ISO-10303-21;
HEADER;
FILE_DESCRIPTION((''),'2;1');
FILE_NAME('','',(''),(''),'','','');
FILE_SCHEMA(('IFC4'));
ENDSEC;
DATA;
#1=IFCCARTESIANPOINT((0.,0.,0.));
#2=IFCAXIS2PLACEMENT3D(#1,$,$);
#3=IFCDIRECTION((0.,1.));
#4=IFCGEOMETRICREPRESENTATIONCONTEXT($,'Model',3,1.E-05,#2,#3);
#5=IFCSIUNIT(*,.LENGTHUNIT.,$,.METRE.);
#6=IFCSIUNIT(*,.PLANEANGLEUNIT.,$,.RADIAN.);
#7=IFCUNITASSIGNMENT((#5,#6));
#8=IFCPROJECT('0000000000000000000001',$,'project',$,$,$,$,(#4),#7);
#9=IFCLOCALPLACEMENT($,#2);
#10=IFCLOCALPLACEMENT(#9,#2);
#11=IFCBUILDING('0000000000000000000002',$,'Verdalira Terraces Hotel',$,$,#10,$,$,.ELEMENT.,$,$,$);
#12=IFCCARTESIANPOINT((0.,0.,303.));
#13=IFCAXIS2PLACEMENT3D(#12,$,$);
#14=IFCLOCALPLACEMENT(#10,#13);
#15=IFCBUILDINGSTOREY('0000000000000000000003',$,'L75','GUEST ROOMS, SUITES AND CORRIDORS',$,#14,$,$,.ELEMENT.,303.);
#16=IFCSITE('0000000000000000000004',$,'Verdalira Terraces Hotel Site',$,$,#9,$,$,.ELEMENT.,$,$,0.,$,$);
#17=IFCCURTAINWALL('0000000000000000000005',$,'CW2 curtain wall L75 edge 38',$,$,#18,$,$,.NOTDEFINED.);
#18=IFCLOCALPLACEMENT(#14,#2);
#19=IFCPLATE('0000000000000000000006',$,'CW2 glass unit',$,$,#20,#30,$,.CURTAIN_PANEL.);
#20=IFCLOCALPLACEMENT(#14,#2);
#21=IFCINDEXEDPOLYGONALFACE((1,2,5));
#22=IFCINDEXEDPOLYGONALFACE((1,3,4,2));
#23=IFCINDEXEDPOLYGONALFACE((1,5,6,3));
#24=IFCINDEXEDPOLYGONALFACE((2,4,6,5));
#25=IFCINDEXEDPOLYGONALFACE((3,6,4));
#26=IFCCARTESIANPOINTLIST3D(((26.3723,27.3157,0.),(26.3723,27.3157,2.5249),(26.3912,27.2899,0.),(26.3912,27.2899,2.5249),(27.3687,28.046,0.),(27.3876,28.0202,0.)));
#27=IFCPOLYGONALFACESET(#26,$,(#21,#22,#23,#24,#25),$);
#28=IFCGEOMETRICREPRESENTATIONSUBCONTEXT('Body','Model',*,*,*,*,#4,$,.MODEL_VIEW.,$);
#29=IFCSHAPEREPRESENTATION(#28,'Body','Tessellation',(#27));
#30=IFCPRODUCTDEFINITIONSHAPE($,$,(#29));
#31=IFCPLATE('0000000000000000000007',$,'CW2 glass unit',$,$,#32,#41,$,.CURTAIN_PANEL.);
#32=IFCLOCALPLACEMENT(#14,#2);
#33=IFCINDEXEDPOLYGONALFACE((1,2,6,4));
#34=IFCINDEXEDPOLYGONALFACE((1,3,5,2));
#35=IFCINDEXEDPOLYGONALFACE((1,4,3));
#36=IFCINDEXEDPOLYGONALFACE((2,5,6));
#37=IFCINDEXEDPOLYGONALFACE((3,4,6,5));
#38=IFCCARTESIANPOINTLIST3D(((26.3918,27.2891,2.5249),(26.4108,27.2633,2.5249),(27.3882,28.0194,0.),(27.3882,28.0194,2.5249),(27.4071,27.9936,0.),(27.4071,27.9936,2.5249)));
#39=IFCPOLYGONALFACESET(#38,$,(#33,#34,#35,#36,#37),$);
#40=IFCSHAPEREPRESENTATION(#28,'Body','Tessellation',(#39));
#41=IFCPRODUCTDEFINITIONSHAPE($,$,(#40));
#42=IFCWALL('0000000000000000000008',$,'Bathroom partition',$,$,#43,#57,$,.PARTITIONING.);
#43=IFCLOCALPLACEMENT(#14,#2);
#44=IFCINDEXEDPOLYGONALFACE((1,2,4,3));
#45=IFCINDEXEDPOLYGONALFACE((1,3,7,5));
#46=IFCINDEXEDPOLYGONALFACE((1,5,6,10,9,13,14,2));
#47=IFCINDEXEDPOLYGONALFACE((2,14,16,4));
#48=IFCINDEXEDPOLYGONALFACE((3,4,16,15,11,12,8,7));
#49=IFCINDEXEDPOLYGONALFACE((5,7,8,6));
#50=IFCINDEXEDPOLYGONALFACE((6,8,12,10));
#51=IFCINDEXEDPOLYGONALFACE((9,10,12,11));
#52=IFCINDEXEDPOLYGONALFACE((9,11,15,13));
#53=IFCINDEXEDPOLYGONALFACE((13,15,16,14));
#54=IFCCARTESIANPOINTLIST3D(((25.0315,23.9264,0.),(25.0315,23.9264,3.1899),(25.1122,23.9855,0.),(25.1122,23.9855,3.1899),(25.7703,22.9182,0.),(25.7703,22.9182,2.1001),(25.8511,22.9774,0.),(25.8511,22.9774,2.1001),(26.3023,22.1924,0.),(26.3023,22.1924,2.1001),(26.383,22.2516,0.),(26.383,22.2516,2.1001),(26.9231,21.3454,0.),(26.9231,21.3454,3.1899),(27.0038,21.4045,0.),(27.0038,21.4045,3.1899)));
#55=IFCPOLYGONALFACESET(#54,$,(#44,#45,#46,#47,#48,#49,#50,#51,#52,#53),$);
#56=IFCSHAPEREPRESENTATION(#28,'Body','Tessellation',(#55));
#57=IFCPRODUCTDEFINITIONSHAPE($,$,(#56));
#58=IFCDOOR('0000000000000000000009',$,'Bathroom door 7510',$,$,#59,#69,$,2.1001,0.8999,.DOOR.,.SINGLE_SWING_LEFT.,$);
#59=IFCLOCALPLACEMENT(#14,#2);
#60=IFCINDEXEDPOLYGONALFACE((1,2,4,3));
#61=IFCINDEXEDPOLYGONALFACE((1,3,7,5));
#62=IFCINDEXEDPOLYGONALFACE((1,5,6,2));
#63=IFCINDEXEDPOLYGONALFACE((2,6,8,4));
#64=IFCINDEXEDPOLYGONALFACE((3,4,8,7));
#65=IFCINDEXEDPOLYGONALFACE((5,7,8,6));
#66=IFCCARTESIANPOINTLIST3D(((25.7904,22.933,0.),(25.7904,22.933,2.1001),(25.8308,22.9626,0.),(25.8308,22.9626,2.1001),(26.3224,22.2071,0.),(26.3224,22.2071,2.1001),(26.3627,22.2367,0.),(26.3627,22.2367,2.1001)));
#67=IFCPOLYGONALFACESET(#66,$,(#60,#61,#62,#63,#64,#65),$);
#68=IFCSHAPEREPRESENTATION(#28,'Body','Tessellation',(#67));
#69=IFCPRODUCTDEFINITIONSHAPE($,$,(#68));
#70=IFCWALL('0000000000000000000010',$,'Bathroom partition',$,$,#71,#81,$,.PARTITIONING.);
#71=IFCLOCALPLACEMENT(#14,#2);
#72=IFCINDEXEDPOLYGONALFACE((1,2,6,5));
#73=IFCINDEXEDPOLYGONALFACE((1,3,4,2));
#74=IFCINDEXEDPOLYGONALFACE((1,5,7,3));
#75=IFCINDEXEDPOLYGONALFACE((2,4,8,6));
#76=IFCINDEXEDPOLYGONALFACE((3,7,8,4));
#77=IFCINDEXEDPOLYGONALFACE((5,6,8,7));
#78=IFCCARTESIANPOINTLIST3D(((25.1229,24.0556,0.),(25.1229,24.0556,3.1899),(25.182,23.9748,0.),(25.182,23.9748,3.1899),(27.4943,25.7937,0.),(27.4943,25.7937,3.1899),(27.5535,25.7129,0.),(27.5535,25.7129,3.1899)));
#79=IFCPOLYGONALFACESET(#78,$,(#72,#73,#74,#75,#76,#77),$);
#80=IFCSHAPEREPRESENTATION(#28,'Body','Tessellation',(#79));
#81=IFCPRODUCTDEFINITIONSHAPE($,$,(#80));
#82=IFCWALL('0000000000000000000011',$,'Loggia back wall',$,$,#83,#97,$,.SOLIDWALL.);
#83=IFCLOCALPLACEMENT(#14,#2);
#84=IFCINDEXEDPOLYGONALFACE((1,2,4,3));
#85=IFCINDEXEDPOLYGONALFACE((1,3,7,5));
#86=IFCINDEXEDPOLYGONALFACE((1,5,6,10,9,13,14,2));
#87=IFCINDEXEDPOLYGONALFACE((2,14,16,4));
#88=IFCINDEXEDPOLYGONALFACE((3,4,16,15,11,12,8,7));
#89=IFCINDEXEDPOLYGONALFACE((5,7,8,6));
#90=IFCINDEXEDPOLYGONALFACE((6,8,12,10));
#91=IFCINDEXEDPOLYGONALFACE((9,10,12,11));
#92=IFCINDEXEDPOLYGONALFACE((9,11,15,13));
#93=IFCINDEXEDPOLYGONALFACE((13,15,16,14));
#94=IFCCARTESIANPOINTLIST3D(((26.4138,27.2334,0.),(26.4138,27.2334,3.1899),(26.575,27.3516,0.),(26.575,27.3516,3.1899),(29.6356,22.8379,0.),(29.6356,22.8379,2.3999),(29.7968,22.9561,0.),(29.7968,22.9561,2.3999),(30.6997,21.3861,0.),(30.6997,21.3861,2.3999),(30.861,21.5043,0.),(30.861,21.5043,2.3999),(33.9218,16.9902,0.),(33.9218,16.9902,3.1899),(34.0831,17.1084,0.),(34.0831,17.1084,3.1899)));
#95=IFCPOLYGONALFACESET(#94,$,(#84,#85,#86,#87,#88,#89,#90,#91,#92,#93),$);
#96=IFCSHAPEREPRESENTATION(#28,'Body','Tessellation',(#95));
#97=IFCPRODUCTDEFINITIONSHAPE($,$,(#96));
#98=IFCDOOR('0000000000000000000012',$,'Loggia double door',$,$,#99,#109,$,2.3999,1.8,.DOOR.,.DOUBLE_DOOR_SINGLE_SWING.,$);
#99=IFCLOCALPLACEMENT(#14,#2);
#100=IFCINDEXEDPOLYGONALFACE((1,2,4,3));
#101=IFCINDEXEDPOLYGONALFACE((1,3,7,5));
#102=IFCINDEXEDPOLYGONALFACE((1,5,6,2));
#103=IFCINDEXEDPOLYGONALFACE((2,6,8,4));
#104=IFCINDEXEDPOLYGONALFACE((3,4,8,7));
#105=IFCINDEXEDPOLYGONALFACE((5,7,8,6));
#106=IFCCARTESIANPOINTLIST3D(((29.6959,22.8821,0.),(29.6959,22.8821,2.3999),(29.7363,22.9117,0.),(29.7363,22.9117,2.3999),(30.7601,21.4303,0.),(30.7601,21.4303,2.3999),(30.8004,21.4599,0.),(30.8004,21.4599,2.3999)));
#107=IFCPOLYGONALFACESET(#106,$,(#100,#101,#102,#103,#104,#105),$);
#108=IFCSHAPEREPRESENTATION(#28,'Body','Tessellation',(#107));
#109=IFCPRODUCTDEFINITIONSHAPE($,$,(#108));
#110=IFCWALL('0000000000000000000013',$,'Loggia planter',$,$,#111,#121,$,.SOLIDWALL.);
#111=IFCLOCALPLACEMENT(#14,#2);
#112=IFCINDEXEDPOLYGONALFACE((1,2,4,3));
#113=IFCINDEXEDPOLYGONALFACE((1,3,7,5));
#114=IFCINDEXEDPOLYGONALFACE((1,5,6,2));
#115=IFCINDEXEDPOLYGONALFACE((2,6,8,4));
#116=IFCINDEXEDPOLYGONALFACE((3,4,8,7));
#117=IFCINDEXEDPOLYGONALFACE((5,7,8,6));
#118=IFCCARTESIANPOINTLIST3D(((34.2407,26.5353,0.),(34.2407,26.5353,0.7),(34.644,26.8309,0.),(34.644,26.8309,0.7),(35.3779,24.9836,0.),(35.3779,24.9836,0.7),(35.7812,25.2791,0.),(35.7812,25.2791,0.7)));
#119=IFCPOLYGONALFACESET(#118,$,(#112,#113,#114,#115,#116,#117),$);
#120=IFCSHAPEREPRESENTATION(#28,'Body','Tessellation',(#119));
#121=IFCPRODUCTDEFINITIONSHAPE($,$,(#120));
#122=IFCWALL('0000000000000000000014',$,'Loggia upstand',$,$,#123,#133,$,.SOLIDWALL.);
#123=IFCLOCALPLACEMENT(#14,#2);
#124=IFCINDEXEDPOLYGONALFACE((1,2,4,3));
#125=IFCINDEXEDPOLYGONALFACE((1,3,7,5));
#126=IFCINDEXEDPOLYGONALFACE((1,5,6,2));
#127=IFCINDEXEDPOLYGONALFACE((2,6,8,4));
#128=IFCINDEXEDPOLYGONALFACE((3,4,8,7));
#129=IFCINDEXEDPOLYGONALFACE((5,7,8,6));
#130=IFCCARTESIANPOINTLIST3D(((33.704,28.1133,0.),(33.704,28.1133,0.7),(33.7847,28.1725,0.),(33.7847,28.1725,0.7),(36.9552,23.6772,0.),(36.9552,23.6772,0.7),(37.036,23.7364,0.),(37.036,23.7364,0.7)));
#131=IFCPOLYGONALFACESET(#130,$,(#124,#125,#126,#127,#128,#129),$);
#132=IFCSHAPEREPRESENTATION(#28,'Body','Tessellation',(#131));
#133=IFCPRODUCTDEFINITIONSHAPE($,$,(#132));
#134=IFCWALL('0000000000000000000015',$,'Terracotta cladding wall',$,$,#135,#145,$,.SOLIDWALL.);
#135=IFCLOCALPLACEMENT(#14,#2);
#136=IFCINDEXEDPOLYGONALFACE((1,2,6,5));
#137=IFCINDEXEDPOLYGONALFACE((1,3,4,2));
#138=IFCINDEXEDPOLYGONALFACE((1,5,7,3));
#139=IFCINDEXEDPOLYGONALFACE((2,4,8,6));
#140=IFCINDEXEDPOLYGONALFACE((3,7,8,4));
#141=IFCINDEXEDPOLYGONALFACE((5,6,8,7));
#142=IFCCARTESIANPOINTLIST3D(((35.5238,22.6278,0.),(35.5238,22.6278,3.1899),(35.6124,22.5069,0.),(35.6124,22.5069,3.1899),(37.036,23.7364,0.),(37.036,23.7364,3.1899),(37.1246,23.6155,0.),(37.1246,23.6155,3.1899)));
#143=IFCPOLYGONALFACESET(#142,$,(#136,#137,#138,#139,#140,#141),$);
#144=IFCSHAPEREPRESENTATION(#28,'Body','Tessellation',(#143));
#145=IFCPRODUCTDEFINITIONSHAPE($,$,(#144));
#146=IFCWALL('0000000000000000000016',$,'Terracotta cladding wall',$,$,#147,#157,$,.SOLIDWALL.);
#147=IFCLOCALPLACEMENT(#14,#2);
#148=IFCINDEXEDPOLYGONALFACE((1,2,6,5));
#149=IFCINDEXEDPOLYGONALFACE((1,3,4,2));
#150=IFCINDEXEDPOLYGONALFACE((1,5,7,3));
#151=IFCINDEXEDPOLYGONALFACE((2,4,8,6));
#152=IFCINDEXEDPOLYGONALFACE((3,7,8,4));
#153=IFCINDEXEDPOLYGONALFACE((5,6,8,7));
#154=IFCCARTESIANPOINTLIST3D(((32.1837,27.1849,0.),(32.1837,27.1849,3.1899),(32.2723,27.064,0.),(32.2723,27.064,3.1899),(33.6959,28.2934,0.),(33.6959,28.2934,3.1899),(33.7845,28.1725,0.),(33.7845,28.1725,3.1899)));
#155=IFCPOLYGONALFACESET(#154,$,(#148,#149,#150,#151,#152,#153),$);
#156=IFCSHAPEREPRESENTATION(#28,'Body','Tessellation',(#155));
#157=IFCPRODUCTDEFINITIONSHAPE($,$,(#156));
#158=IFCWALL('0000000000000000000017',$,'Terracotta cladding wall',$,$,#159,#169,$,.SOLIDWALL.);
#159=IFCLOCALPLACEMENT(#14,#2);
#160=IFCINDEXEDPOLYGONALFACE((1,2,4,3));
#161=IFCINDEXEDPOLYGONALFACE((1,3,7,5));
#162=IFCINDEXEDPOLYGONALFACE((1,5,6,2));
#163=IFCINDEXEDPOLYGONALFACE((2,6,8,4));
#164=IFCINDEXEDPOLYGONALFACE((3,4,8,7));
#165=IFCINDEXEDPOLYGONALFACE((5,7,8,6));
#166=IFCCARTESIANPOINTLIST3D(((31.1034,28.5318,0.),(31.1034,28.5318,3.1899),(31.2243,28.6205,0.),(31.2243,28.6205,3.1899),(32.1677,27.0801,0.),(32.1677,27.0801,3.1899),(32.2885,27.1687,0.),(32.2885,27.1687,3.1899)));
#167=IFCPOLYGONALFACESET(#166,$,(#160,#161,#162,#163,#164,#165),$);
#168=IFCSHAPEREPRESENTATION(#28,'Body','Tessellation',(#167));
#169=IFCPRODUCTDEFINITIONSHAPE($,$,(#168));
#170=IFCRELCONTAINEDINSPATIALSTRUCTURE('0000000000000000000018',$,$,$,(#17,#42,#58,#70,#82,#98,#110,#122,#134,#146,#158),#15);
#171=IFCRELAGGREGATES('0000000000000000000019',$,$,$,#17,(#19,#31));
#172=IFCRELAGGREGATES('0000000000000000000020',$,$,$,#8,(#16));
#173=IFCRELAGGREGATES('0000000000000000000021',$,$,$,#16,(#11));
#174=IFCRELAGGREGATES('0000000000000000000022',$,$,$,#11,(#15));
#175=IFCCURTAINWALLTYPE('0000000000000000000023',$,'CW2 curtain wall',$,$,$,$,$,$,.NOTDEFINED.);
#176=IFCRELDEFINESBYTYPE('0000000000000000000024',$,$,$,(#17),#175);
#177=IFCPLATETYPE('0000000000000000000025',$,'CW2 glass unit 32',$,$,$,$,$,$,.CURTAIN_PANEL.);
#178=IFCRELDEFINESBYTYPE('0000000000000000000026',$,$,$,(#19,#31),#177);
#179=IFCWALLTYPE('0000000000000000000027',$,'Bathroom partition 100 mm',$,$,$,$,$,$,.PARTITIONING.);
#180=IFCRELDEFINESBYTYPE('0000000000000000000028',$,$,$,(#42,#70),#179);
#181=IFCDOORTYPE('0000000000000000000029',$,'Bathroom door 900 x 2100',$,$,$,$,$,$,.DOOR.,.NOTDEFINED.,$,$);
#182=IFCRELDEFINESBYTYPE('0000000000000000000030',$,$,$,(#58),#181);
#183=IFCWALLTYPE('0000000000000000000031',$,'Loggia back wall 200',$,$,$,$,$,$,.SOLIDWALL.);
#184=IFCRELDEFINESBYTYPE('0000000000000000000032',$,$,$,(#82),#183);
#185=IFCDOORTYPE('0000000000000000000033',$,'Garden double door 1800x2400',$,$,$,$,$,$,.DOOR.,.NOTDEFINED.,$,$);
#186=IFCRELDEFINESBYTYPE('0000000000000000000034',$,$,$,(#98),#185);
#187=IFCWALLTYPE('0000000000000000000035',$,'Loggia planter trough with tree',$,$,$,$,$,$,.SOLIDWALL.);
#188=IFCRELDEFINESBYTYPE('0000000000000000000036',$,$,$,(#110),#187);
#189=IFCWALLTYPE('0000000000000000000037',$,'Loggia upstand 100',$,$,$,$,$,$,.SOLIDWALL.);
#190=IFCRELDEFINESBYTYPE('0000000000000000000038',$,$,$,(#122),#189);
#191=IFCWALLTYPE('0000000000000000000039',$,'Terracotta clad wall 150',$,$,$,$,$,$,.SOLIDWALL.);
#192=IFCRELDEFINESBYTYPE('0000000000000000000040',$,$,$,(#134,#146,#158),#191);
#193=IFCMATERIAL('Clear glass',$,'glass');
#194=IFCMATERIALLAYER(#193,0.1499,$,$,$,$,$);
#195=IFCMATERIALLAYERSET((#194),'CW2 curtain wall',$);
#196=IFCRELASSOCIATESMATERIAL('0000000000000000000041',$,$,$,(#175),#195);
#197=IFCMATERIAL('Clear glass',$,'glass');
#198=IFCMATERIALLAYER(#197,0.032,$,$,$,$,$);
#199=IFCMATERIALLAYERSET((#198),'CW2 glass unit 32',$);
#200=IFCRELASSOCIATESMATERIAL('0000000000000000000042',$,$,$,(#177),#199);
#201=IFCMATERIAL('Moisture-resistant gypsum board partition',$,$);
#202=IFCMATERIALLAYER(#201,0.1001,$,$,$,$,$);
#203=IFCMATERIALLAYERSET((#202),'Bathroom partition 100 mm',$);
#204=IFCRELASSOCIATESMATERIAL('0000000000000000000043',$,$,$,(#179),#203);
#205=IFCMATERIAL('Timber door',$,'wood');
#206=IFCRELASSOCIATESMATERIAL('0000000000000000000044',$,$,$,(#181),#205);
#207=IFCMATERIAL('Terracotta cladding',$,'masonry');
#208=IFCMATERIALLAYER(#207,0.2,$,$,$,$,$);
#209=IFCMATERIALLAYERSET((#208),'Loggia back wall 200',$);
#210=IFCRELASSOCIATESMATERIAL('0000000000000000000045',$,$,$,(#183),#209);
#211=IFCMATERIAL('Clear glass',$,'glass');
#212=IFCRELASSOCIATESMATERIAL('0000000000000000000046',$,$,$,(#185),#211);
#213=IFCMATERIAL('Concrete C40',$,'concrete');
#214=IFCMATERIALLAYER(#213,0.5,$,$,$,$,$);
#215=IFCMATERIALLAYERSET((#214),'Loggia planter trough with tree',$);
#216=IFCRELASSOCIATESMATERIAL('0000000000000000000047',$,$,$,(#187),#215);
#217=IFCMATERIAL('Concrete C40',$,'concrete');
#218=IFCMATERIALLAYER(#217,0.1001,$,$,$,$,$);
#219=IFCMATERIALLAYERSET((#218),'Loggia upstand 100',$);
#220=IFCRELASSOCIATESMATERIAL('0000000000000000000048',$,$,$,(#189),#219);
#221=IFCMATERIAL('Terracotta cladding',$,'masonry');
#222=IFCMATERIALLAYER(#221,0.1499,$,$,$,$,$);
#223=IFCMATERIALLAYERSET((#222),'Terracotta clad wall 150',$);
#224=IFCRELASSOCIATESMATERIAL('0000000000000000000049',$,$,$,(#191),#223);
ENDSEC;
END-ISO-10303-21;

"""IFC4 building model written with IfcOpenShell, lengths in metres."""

from ifc_helpers import new_model, si_unit, direction, frame, frame_2d, origin, place, context, subcontext, project, spatial, polyline, rectangle, outline, extrude, material, layer, layer_set, type_object, element, fill, aggregate, save


model = new_model("IFC4")

# Units and contexts
model_context = context("Model", 3, precision=1e-05, world=origin(), true_north=direction((0.0, 1.0)))
body_context = subcontext(model_context, "Body", "Model", "MODEL_VIEW")
ifc_project = project(units=[si_unit("LENGTHUNIT", "METRE"), si_unit("PLANEANGLEUNIT", "RADIAN")], contexts=[model_context])

# Site, building, storey
site_placement = place(None, origin())
site = spatial("IfcSite", under=ifc_project, at=site_placement, Name="Verdalira Terraces Hotel Site", CompositionType="ELEMENT", RefElevation=0.0)
building_placement = place(site_placement, origin())
building = spatial("IfcBuilding", under=site, at=building_placement, Name="Verdalira Terraces Hotel", CompositionType="ELEMENT")
storey_placement = place(building_placement, frame((0.0, 0.0, 303.0)))
storey = spatial("IfcBuildingStorey", under=building, at=storey_placement, Name="L75", Description="GUEST ROOMS, SUITES AND CORRIDORS", CompositionType="ELEMENT", Elevation=303.0)

# Curtain wall
ifc_material_1 = material(Name="Clear glass", Category="glass")
ifc_layer_1 = layer(ifc_material_1, 0.1499)
ifc_layer_set_1 = layer_set([ifc_layer_1], Name="CW2 curtain wall")
curtain_wall_type = type_object("IfcCurtainWallType", Name="CW2 curtain wall", PredefinedType="NOTDEFINED", material=ifc_layer_set_1)
curtain_wall_placement = place(storey_placement, origin())
curtain_wall = element("IfcCurtainWall", 1, at=curtain_wall_placement, inside=storey, type_object=curtain_wall_type, Name="CW2 curtain wall L75 edge 38", PredefinedType="NOTDEFINED")

# Plates
ifc_material_2 = material(Name="Clear glass", Category="glass")
ifc_layer_2 = layer(ifc_material_2, 0.032)
ifc_layer_set_2 = layer_set([ifc_layer_2], Name="CW2 glass unit 32")
plate_type = type_object("IfcPlateType", Name="CW2 glass unit 32", PredefinedType="CURTAIN_PANEL", material=ifc_layer_set_2)
plate_1_placement = place(storey_placement, frame((26.8894, 27.655, 1.2625), z_axis=(-0.591169, 0.806548, 0.0), x_axis=(-0.806548, -0.591169, 0.0)))
plate_1 = element("IfcPlate", 2, at=plate_1_placement, type_object=plate_type, Name="CW2 glass unit", PredefinedType="CURTAIN_PANEL", context=body_context, shape_type="SweptSolid", body=[
    extrude(outline(polyline([(-0.6177, -1.2625), (0.6177, -1.2625), (0.6177, 1.2625), (-0.6177, -1.2625)])), origin(), (0.0, 0.0, 1.0), 0.032),
])
plate_2_placement = place(storey_placement, frame((26.9089, 27.6284, 1.2625), z_axis=(-0.591169, 0.806548, 0.0), x_axis=(-0.806548, -0.591169, 0.0)))
plate_2 = element("IfcPlate", 3, at=plate_2_placement, type_object=plate_type, Name="CW2 glass unit", PredefinedType="CURTAIN_PANEL", context=body_context, shape_type="SweptSolid", body=[
    extrude(outline(polyline([(-0.6177, -1.2625), (0.6177, 1.2625), (-0.6177, 1.2625), (-0.6177, -1.2625)])), origin(), (0.0, 0.0, 1.0), 0.032),
])
aggregate(curtain_wall, [plate_1, plate_2])

# Wall, opening, door
ifc_material_3 = material(Name="Moisture-resistant gypsum board partition")
ifc_layer_3 = layer(ifc_material_3, 0.1001)
ifc_layer_set_3 = layer_set([ifc_layer_3], Name="Bathroom partition 100 mm")
wall_type_1 = type_object("IfcWallType", Name="Bathroom partition 100 mm", PredefinedType="PARTITIONING", material=ifc_layer_set_3)
wall_1_placement = place(storey_placement, frame((25.0718, 23.9561, 0.0), z_axis=(0.0, 0.0, 1.0), x_axis=(0.591125, -0.80658, 0.0)))
wall_1 = element("IfcWall", 4, at=wall_1_placement, inside=storey, type_object=wall_type_1, Name="Bathroom partition", PredefinedType="PARTITIONING", context=body_context, shape_type="SweptSolid", body=[
    extrude(rectangle(XDim=3.2, YDim=0.1001, at=frame_2d((1.6001, 0.0))), origin(), (0.0, 0.0, 1.0), 3.1899),
])
opening_1_placement = place(wall_1_placement, frame((1.25, 0.0, 0.0)))
opening_1 = element("IfcOpeningElement", 5, at=opening_1_placement, cuts=wall_1, PredefinedType="OPENING", context=body_context, shape_type="SweptSolid", body=[
    extrude(rectangle(XDim=0.8999, YDim=2.1001, at=frame_2d((0.45, 1.05))), frame((0.0, 0.0601, 0.0), z_axis=(0.0, -1.0, 0.0), x_axis=(1.0, 0.0, 0.0)), (0.0, 0.0, 1.0), 0.1201),
])
ifc_material_4 = material(Name="Timber door", Category="wood")
door_type_1 = type_object("IfcDoorType", Name="Bathroom door 900 x 2100", OperationType="NOTDEFINED", PredefinedType="DOOR", material=ifc_material_4)
door_1_placement = place(opening_1_placement, origin())
door_1 = element("IfcDoor", 6, at=door_1_placement, inside=storey, type_object=door_type_1, Name="Bathroom door 7510", OperationType="SINGLE_SWING_LEFT", OverallHeight=2.1001, OverallWidth=0.8999, PredefinedType="DOOR", context=body_context, shape_type="SweptSolid", body=[
    extrude(rectangle(XDim=0.8999, YDim=2.1001, at=frame_2d((0.45, 1.05))), frame((0.0, 0.0249, 0.0), z_axis=(0.0, -1.0, 0.0), x_axis=(1.0, 0.0, 0.0)), (0.0, 0.0, 1.0), 0.05),
])
fill(opening_1, door_1)

# Wall
wall_2_placement = place(storey_placement, frame((25.1523, 24.0151, 0.0), z_axis=(0.0, 0.0, 1.0), x_axis=(0.806558, 0.591155, 0.0)))
element("IfcWall", 7, at=wall_2_placement, inside=storey, type_object=wall_type_1, Name="Bathroom partition", PredefinedType="PARTITIONING", context=body_context, shape_type="SweptSolid", body=[
    extrude(rectangle(XDim=2.9402, YDim=0.1001, at=frame_2d((1.4702, 0.0))), origin(), (0.0, 0.0, 1.0), 3.1899),
])

# Wall, opening, door
ifc_material_5 = material(Name="Terracotta cladding", Category="masonry")
ifc_layer_4 = layer(ifc_material_5, 0.2)
ifc_layer_set_4 = layer_set([ifc_layer_4], Name="Loggia back wall 200")
wall_type_2 = type_object("IfcWallType", Name="Loggia back wall 200", PredefinedType="SOLIDWALL", material=ifc_layer_set_4)
wall_3_placement = place(storey_placement, frame((26.4944, 27.2925, 0.0), z_axis=(0.0, 0.0, 1.0), x_axis=(0.591179, -0.80654, 0.0)))
wall_3 = element("IfcWall", 8, at=wall_3_placement, inside=storey, type_object=wall_type_2, Name="Loggia back wall", PredefinedType="SOLIDWALL", context=body_context, shape_type="SweptSolid", body=[
    extrude(rectangle(XDim=12.7002, YDim=0.2, at=frame_2d((6.3501, 0.0))), origin(), (0.0, 0.0, 1.0), 3.1899),
])
opening_2_placement = place(wall_3_placement, frame((5.45, 0.0, 0.0)))
opening_2 = element("IfcOpeningElement", 9, at=opening_2_placement, cuts=wall_3, PredefinedType="OPENING", context=body_context, shape_type="SweptSolid", body=[
    extrude(rectangle(XDim=1.8, YDim=2.3999, at=frame_2d((0.8999, 1.2))), frame((0.0, 0.1099, 0.0), z_axis=(0.0, -1.0, 0.0), x_axis=(1.0, 0.0, 0.0)), (0.0, 0.0, 1.0), 0.22),
])
ifc_material_6 = material(Name="Clear glass", Category="glass")
door_type_2 = type_object("IfcDoorType", Name="Garden double door 1800x2400", OperationType="NOTDEFINED", PredefinedType="DOOR", material=ifc_material_6)
door_2_placement = place(opening_2_placement, origin())
door_2 = element("IfcDoor", 10, at=door_2_placement, inside=storey, type_object=door_type_2, Name="Loggia double door", OperationType="DOUBLE_DOOR_SINGLE_SWING", OverallHeight=2.3999, OverallWidth=1.8, PredefinedType="DOOR", context=body_context, shape_type="SweptSolid", body=[
    extrude(rectangle(XDim=1.8, YDim=2.3999, at=frame_2d((0.8999, 1.2))), frame((0.0, 0.0249, 0.0), z_axis=(0.0, -1.0, 0.0), x_axis=(1.0, 0.0, 0.0)), (0.0, 0.0, 1.0), 0.05),
])
fill(opening_2, door_2)

# Walls
ifc_material_7 = material(Name="Concrete C40", Category="concrete")
ifc_layer_5 = layer(ifc_material_7, 0.5)
ifc_layer_set_5 = layer_set([ifc_layer_5], Name="Loggia planter trough with tree")
wall_type_3 = type_object("IfcWallType", Name="Loggia planter trough with tree", PredefinedType="SOLIDWALL", material=ifc_layer_set_5)
wall_4_placement = place(storey_placement, frame((35.5796, 25.1313, 0.0), z_axis=(0.0, 0.0, 1.0), x_axis=(-0.591111, 0.806591, 0.0)))
element("IfcWall", 11, at=wall_4_placement, inside=storey, type_object=wall_type_3, Name="Loggia planter", PredefinedType="SOLIDWALL", context=body_context, shape_type="SweptSolid", body=[
    extrude(rectangle(XDim=1.9238, YDim=0.5, at=frame_2d((0.9619, 0.0))), origin(), (0.0, 0.0, 1.0), 0.7),
])
ifc_material_8 = material(Name="Concrete C40", Category="concrete")
ifc_layer_6 = layer(ifc_material_8, 0.1001)
ifc_layer_set_6 = layer_set([ifc_layer_6], Name="Loggia upstand 100")
wall_type_4 = type_object("IfcWallType", Name="Loggia upstand 100", PredefinedType="SOLIDWALL", material=ifc_layer_set_6)
wall_5_placement = place(storey_placement, frame((36.9956, 23.7068, 0.0), z_axis=(0.0, 0.0, 1.0), x_axis=(-0.591142, 0.806567, 0.0)))
element("IfcWall", 12, at=wall_5_placement, inside=storey, type_object=wall_type_4, Name="Loggia upstand", PredefinedType="SOLIDWALL", context=body_context, shape_type="SweptSolid", body=[
    extrude(rectangle(XDim=5.5, YDim=0.1001, at=frame_2d((2.75, 0.0))), origin(), (0.0, 0.0, 1.0), 0.7),
])
ifc_material_9 = material(Name="Terracotta cladding", Category="masonry")
ifc_layer_7 = layer(ifc_material_9, 0.1499)
ifc_layer_set_7 = layer_set([ifc_layer_7], Name="Terracotta clad wall 150")
wall_type_5 = type_object("IfcWallType", Name="Terracotta clad wall 150", PredefinedType="SOLIDWALL", material=ifc_layer_set_7)
for number, where, z_axis, x_axis, name in (
    (13, (35.5681, 22.5674, 0.0), (0.0, 0.0, 1.0), (0.806484, 0.591256, 0.0), "Terracotta cladding wall"),
    (14, (33.7402, 28.2329, 0.0), (0.0, 0.0, 1.0), (-0.806546, -0.591172, 0.0), "Terracotta cladding wall"),
):
    element("IfcWall", number, at=place(storey_placement, frame(where, z_axis=z_axis, x_axis=x_axis)), inside=storey, type_object=wall_type_5, Name=name, PredefinedType="SOLIDWALL", context=body_context, shape_type="SweptSolid", body=[
        extrude(rectangle(XDim=1.875, YDim=0.1499, at=frame_2d((0.9375, 0.0))), origin(), (0.0, 0.0, 1.0), 3.1899),
    ])
wall_6_placement = place(storey_placement, frame((32.228, 27.1245, 0.0), z_axis=(0.0, 0.0, 1.0), x_axis=(-0.59124, 0.806496, 0.0)))
element("IfcWall", 15, at=wall_6_placement, inside=storey, type_object=wall_type_5, Name="Terracotta cladding wall", PredefinedType="SOLIDWALL", context=body_context, shape_type="SweptSolid", body=[
    extrude(rectangle(XDim=1.8, YDim=0.1499, at=frame_2d((0.8999, 0.0))), origin(), (0.0, 0.0, 1.0), 3.1899),
])

save(model, "model.ifc")
